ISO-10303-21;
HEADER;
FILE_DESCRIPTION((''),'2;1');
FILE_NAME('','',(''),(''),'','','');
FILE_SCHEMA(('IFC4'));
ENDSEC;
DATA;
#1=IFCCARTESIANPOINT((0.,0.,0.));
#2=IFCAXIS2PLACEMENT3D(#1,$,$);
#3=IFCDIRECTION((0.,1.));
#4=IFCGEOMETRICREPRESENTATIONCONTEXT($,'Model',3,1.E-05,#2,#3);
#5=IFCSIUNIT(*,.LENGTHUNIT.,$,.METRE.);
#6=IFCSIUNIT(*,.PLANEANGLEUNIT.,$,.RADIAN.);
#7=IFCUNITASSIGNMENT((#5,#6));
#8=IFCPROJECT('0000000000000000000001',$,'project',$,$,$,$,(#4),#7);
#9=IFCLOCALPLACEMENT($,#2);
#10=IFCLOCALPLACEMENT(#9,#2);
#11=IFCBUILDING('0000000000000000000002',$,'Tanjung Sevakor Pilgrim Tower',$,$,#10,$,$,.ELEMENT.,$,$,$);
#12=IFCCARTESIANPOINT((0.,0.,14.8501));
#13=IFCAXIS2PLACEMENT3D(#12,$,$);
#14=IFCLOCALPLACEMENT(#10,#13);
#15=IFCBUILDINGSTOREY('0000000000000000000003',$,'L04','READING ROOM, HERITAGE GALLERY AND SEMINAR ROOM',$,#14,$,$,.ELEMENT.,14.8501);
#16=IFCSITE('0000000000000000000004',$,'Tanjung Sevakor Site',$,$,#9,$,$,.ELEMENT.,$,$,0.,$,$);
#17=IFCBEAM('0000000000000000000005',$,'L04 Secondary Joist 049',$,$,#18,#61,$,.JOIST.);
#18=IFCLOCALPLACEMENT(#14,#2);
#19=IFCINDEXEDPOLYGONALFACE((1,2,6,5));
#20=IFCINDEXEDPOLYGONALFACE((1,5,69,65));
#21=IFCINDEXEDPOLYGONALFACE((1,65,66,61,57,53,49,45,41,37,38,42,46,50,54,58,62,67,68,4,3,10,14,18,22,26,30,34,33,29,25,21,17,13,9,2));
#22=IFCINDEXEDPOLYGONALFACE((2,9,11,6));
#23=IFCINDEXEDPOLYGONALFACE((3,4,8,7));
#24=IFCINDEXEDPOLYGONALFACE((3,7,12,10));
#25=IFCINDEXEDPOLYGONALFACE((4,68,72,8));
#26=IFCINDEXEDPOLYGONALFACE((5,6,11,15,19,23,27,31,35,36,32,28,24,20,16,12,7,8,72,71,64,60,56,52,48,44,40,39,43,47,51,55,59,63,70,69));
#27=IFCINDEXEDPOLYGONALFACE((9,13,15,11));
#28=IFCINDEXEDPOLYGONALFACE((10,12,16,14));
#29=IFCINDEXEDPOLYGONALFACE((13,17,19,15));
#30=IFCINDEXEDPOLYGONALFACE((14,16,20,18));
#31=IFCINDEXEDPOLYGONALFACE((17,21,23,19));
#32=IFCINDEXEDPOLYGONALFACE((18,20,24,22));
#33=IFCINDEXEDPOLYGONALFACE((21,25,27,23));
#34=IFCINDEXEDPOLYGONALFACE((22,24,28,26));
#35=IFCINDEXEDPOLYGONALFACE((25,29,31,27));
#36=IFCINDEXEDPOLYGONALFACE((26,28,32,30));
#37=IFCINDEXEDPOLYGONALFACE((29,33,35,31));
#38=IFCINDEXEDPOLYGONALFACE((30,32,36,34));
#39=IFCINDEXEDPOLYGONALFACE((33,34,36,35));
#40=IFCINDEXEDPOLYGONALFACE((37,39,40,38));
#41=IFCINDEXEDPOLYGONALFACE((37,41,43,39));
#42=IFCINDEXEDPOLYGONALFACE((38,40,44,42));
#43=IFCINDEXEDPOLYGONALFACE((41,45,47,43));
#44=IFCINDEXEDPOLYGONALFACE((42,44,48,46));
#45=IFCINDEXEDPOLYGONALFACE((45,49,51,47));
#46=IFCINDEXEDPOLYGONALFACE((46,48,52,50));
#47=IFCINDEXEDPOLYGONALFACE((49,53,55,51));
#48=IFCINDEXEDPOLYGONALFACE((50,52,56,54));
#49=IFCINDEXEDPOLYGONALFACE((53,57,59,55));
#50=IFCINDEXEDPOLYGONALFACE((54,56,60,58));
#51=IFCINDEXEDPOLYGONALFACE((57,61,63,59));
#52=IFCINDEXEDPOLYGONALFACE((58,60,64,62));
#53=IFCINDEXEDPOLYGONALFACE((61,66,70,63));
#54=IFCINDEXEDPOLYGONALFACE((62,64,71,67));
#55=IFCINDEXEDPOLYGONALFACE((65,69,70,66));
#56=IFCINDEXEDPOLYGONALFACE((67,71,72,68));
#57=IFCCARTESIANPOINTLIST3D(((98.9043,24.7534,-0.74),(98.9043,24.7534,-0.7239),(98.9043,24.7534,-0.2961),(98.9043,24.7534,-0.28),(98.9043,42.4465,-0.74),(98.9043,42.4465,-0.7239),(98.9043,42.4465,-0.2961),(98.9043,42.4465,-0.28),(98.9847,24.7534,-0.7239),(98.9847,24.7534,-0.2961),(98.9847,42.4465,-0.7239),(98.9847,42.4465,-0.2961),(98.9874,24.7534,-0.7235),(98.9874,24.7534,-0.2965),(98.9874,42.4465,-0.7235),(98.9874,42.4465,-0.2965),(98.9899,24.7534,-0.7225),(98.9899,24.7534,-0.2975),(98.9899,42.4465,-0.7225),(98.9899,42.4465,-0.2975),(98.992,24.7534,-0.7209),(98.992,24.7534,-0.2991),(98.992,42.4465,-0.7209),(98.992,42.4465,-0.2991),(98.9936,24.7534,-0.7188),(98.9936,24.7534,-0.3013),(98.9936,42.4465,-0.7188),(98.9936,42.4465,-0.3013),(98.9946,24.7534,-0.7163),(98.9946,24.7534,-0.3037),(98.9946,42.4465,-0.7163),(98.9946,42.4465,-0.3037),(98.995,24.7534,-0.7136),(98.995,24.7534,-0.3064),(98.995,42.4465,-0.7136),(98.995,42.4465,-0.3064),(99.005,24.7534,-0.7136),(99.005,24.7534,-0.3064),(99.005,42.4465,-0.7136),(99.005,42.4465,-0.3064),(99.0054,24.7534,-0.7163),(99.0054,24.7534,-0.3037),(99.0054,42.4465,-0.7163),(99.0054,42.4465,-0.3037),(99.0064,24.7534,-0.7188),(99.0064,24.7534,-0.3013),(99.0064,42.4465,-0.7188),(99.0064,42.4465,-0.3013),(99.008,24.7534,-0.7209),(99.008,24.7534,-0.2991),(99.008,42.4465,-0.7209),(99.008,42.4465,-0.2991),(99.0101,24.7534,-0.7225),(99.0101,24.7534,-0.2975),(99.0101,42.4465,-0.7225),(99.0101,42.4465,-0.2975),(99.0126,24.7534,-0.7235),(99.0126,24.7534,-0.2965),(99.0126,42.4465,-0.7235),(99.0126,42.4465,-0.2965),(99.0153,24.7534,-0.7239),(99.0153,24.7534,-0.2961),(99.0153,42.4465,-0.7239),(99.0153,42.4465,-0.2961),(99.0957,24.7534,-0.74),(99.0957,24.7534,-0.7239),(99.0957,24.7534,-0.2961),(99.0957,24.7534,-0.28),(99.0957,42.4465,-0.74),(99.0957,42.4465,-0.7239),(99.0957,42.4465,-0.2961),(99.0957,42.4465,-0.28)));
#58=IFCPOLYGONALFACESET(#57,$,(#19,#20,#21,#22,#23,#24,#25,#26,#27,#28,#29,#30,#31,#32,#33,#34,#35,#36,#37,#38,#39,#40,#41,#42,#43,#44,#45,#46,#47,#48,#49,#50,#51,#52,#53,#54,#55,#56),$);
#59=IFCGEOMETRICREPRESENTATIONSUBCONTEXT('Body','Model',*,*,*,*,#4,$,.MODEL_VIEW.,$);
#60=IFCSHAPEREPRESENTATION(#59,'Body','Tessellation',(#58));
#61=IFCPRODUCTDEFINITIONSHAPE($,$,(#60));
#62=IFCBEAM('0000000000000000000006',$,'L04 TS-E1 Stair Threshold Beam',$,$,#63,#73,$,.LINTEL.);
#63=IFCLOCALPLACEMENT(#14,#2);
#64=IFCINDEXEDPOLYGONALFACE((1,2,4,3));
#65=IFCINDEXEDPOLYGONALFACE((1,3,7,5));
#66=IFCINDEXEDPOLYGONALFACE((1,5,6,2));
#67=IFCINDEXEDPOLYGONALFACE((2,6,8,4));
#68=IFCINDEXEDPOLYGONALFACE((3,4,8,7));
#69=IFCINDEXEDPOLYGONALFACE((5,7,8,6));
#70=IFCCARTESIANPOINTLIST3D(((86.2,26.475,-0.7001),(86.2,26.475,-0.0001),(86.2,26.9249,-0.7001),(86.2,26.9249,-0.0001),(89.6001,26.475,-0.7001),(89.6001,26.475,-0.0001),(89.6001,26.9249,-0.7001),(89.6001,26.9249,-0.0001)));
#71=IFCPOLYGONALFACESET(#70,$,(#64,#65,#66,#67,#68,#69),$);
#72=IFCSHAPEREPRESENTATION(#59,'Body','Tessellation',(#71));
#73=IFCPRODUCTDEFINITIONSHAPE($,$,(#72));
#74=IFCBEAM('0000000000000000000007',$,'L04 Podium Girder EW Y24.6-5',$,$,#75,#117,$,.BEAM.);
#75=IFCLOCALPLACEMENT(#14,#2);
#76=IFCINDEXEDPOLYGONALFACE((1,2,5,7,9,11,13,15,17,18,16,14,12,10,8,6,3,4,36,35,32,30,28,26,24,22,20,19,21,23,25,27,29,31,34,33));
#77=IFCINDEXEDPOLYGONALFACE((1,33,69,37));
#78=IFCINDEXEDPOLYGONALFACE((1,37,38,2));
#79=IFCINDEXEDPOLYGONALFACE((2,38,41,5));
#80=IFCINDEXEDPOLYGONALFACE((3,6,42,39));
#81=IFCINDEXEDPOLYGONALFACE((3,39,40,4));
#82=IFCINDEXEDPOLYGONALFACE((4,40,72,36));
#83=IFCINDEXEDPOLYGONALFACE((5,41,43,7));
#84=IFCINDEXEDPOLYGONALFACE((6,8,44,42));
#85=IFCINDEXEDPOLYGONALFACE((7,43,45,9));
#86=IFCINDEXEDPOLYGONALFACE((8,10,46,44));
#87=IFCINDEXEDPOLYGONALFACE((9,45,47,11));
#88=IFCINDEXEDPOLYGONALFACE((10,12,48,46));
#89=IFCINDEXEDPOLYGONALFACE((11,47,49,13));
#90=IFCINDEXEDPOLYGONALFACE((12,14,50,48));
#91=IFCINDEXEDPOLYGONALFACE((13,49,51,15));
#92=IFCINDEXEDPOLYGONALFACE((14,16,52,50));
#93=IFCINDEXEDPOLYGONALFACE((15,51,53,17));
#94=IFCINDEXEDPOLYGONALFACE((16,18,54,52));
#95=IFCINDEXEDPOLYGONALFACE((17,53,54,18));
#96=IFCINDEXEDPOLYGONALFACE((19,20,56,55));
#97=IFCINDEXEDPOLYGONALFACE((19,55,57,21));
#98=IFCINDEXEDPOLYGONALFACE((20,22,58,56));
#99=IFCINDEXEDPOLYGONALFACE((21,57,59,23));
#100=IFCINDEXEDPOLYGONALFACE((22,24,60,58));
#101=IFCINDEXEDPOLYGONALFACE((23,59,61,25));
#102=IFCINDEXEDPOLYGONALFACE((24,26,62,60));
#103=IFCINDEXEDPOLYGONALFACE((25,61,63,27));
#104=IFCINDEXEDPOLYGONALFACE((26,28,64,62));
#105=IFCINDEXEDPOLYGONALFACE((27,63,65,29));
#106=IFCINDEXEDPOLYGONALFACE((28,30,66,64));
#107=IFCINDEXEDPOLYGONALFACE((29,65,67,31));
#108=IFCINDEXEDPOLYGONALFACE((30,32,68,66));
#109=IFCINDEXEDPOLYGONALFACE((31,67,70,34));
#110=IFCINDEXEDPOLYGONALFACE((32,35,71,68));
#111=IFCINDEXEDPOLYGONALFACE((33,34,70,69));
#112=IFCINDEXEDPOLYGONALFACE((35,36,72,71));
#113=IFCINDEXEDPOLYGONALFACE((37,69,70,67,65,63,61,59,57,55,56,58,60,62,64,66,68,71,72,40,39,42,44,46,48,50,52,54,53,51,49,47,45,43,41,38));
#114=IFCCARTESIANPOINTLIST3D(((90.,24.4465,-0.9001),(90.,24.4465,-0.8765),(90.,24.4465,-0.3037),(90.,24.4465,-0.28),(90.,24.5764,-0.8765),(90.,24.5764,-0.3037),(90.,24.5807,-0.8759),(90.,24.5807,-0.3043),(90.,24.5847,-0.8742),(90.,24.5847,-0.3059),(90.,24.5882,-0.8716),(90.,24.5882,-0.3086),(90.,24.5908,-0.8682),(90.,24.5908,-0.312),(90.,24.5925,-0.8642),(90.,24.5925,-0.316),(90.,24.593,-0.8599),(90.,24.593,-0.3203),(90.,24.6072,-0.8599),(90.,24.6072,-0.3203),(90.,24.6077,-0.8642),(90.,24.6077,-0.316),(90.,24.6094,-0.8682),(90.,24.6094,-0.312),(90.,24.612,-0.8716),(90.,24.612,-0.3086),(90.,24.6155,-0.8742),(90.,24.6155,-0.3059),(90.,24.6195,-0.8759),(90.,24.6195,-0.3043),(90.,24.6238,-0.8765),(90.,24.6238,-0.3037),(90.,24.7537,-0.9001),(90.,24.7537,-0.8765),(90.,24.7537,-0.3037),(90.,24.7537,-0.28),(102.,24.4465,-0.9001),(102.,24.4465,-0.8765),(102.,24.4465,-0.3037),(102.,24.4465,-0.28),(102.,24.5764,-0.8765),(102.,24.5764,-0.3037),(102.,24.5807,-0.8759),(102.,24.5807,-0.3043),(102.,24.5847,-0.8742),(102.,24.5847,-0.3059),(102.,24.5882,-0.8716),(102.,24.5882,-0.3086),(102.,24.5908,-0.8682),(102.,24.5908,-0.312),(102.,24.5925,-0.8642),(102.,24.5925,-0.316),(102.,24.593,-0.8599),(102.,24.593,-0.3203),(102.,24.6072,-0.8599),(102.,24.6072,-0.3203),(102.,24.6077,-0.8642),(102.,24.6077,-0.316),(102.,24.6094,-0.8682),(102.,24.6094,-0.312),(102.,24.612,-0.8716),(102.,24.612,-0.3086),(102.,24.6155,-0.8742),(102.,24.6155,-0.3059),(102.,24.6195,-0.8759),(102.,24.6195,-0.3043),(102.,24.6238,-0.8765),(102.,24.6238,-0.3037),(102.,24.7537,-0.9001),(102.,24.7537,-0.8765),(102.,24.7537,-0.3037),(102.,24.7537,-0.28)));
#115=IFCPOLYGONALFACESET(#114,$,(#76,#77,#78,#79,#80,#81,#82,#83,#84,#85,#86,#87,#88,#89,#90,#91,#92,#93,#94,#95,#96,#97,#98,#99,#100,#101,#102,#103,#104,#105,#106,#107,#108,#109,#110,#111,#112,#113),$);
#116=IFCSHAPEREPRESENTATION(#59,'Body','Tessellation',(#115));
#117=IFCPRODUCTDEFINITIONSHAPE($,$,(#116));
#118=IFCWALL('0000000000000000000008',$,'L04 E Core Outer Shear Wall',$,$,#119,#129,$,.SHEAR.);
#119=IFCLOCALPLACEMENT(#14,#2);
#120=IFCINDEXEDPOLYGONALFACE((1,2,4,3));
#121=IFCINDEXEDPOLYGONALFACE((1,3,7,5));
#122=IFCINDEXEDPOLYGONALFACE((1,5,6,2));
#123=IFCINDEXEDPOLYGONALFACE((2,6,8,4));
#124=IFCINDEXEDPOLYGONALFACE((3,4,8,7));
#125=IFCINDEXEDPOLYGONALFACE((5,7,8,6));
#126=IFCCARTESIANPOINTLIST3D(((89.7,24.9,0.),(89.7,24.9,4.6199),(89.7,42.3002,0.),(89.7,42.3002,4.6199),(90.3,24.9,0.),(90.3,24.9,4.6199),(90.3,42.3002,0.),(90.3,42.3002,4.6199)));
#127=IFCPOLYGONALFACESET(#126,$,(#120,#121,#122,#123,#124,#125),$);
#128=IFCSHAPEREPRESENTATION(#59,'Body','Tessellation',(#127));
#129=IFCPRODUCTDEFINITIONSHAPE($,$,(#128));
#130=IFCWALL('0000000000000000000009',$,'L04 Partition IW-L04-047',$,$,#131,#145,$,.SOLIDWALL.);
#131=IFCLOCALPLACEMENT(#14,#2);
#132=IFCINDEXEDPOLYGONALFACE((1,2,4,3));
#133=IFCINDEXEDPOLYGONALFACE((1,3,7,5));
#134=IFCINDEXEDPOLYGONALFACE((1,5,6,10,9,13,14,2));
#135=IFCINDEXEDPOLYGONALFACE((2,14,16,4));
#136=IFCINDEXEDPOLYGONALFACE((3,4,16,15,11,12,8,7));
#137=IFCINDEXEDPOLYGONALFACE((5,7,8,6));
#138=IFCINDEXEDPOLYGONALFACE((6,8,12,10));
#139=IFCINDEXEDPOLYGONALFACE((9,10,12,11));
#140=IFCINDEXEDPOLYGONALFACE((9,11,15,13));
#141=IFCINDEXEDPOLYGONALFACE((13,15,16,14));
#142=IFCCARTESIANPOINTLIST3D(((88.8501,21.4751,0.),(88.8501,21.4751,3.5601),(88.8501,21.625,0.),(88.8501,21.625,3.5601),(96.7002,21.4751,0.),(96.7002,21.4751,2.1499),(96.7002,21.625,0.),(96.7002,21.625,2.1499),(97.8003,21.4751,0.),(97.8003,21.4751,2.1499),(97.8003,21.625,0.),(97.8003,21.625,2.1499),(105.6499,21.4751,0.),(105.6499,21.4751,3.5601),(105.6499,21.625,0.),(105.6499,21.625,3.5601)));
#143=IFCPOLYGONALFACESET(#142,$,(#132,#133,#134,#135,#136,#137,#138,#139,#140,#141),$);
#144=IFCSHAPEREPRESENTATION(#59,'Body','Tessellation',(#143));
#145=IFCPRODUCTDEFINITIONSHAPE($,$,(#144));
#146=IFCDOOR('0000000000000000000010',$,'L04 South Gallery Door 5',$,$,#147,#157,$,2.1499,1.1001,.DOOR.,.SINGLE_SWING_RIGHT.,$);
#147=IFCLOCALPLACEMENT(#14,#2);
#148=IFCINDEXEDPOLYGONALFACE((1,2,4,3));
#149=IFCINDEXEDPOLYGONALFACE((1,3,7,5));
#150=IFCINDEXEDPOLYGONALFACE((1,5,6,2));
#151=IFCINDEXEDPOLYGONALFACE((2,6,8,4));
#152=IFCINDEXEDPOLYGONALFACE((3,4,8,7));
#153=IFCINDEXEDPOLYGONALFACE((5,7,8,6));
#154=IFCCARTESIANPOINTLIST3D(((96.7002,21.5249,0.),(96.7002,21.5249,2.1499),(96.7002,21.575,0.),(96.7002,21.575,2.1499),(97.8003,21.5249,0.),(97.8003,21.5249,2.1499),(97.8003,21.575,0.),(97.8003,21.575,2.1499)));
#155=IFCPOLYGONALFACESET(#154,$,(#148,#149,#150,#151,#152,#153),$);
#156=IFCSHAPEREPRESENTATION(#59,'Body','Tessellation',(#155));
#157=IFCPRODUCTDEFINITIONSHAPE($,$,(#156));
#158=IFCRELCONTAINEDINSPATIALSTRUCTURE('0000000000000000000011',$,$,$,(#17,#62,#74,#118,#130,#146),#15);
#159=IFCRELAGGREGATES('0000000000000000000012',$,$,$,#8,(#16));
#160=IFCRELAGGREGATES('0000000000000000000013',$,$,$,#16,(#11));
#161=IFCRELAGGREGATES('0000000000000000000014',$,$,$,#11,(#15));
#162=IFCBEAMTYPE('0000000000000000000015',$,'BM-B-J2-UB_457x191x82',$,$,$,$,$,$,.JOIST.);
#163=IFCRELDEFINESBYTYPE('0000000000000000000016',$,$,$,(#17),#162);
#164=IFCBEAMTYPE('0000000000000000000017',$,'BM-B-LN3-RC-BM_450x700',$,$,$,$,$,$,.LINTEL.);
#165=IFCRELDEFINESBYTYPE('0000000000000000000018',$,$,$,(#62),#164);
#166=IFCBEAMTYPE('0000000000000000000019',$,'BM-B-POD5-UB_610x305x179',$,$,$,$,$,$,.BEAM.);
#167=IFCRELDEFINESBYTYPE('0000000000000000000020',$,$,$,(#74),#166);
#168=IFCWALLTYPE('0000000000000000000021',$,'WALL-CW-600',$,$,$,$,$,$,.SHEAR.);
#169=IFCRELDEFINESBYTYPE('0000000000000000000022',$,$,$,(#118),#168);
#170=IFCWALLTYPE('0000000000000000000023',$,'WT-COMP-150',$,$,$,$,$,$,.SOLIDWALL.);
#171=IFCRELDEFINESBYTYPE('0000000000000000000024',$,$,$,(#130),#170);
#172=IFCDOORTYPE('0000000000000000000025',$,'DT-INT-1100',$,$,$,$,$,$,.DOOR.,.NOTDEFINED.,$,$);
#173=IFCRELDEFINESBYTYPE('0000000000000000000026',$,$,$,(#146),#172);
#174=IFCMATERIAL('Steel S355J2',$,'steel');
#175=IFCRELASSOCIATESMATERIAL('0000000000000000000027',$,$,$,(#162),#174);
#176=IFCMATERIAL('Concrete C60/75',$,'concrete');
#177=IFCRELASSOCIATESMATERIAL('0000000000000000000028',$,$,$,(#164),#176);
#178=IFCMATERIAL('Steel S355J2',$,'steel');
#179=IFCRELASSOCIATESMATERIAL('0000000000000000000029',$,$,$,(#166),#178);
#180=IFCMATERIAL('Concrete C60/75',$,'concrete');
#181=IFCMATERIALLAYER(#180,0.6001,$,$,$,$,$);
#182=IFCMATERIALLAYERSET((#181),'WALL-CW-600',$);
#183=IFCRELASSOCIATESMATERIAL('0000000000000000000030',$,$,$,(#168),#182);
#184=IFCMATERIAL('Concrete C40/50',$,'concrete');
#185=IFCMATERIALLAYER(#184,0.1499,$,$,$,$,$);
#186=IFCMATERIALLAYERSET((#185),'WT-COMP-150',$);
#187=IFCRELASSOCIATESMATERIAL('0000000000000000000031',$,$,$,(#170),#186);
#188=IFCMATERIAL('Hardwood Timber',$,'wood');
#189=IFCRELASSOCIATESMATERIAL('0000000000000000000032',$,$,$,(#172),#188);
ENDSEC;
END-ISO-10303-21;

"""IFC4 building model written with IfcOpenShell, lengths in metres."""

from ifc_helpers import new_model, si_unit, direction, frame, frame_2d, origin, origin_2d, place, context, subcontext, project, spatial, rectangle, i_section, extrude, material, layer, layer_set, material_profile, profile_set, type_object, element, fill, save


model = new_model("IFC4")

# Units and contexts
model_context = context("Model", 3, precision=1e-05, world=origin(), true_north=direction((0.0, 1.0)))
body_context = subcontext(model_context, "Body", "Model", "MODEL_VIEW")
ifc_project = project(units=[si_unit("LENGTHUNIT", "METRE"), si_unit("PLANEANGLEUNIT", "RADIAN")], contexts=[model_context])

# Site, building, storey
site_placement = place(None, origin())
site = spatial("IfcSite", under=ifc_project, at=site_placement, Name="Tanjung Sevakor Site", CompositionType="ELEMENT", RefElevation=0.0)
building_placement = place(site_placement, origin())
building = spatial("IfcBuilding", under=site, at=building_placement, Name="Tanjung Sevakor Pilgrim Tower", CompositionType="ELEMENT")
storey_placement = place(building_placement, frame((0.0, 0.0, 14.8501)))
storey = spatial("IfcBuildingStorey", under=building, at=storey_placement, Name="L04", Description="READING ROOM, HERITAGE GALLERY AND SEMINAR ROOM", CompositionType="ELEMENT", Elevation=14.8501)

# Beams
ifc_material_1 = material(Name="Steel S355J2", Category="steel")
ifc_material_profile_1 = material_profile(ifc_material_1, i_section(OverallWidth=0.1914, OverallDepth=0.46, WebThickness=0.01, FlangeThickness=0.0161, FilletRadius=0.0103, at=origin_2d()))
ifc_profile_set_1 = profile_set([ifc_material_profile_1], Name="Steel S355J2")
beam_type_1 = type_object("IfcBeamType", Name="BM-B-J2-UB_457x191x82", PredefinedType="JOIST", material=ifc_profile_set_1)
for number, where, z_axis, x_axis, name in (
    (1, (99.0, 24.7534, -0.51), (0.0, 1.0, 0.0), (-1.0, 0.0, 0.0), "L04 Secondary Joist 049"),
):
    element("IfcBeam", number, at=place(storey_placement, frame(where, z_axis=z_axis, x_axis=x_axis)), inside=storey, type_object=beam_type_1, Name=name, PredefinedType="JOIST", context=body_context, shape_type="SweptSolid", body=[
        extrude(i_section(OverallWidth=0.1914, OverallDepth=0.46, WebThickness=0.01, FlangeThickness=0.0161, FilletRadius=0.0103, at=origin_2d()), origin(), (0.0, 0.0, 1.0), 17.6931),
    ])
ifc_material_2 = material(Name="Concrete C60/75", Category="concrete")
ifc_material_profile_2 = material_profile(ifc_material_2, rectangle(XDim=0.45, YDim=0.7, at=origin_2d()))
ifc_profile_set_2 = profile_set([ifc_material_profile_2], Name="Concrete C60/75")
beam_type_2 = type_object("IfcBeamType", Name="BM-B-LN3-RC-BM_450x700", PredefinedType="LINTEL", material=ifc_profile_set_2)
beam_1_placement = place(storey_placement, frame((86.2, 26.7, -0.3501), z_axis=(1.0, 0.0, 0.0), x_axis=(0.0, 1.0, 0.0)))
element("IfcBeam", 2, at=beam_1_placement, inside=storey, type_object=beam_type_2, Name="L04 TS-E1 Stair Threshold Beam", PredefinedType="LINTEL", context=body_context, shape_type="SweptSolid", body=[
    extrude(rectangle(XDim=0.45, YDim=0.7, at=origin_2d()), origin(), (0.0, 0.0, 1.0), 3.4001),
])
ifc_material_3 = material(Name="Steel S355J2", Category="steel")
ifc_material_profile_3 = material_profile(ifc_material_3, i_section(OverallWidth=0.3071, OverallDepth=0.6201, WebThickness=0.0142, FlangeThickness=0.0237, FilletRadius=0.0166, at=origin_2d()))
ifc_profile_set_3 = profile_set([ifc_material_profile_3], Name="Steel S355J2")
beam_type_3 = type_object("IfcBeamType", Name="BM-B-POD5-UB_610x305x179", PredefinedType="BEAM", material=ifc_profile_set_3)
beam_2_placement = place(storey_placement, frame((90.0, 24.6001, -0.5901), z_axis=(1.0, 0.0, 0.0), x_axis=(0.0, 1.0, 0.0)))
element("IfcBeam", 3, at=beam_2_placement, inside=storey, type_object=beam_type_3, Name="L04 Podium Girder EW Y24.6-5", PredefinedType="BEAM", context=body_context, shape_type="SweptSolid", body=[
    extrude(i_section(OverallWidth=0.3071, OverallDepth=0.6201, WebThickness=0.0142, FlangeThickness=0.0237, FilletRadius=0.0166, at=origin_2d()), origin(), (0.0, 0.0, 1.0), 12.0),
])

# Wall
ifc_material_4 = material(Name="Concrete C60/75", Category="concrete")
ifc_layer_1 = layer(ifc_material_4, 0.6001)
ifc_layer_set_1 = layer_set([ifc_layer_1], Name="WALL-CW-600")
wall_type_1 = type_object("IfcWallType", Name="WALL-CW-600", PredefinedType="SHEAR", material=ifc_layer_set_1)
wall_1_placement = place(storey_placement, frame((90.0, 24.8999, 0.0), z_axis=(0.0, 0.0, 1.0), x_axis=(0.0, 1.0, 0.0)))
element("IfcWall", 4, at=wall_1_placement, inside=storey, type_object=wall_type_1, Name="L04 E Core Outer Shear Wall", PredefinedType="SHEAR", context=body_context, shape_type="SweptSolid", body=[
    extrude(rectangle(XDim=17.4001, YDim=0.6001, at=frame_2d((8.7002, 0.0))), origin(), (0.0, 0.0, 1.0), 4.6199),
])

# Wall, opening, door
ifc_material_5 = material(Name="Concrete C40/50", Category="concrete")
ifc_layer_2 = layer(ifc_material_5, 0.1499)
ifc_layer_set_2 = layer_set([ifc_layer_2], Name="WT-COMP-150")
wall_type_2 = type_object("IfcWallType", Name="WT-COMP-150", PredefinedType="SOLIDWALL", material=ifc_layer_set_2)
wall_2_placement = place(storey_placement, frame((88.8501, 21.55, 0.0), z_axis=(0.0, 0.0, 1.0), x_axis=(1.0, 0.0, 0.0)))
wall_2 = element("IfcWall", 5, at=wall_2_placement, inside=storey, type_object=wall_type_2, Name="L04 Partition IW-L04-047", PredefinedType="SOLIDWALL", context=body_context, shape_type="SweptSolid", body=[
    extrude(rectangle(XDim=16.7998, YDim=0.1499, at=frame_2d((8.3999, 0.0))), origin(), (0.0, 0.0, 1.0), 3.5601),
])
opening_1_placement = place(wall_2_placement, frame((7.8501, 0.0, 0.0)))
opening_1 = element("IfcOpeningElement", 6, at=opening_1_placement, cuts=wall_2, PredefinedType="OPENING", context=body_context, shape_type="SweptSolid", body=[
    extrude(rectangle(XDim=1.1001, YDim=2.1499, at=frame_2d((0.55, 1.075))), frame((0.0, 0.085, 0.0), z_axis=(0.0, -1.0, 0.0), x_axis=(1.0, 0.0, 0.0)), (0.0, 0.0, 1.0), 0.1699),
])
ifc_material_6 = material(Name="Hardwood Timber", Category="wood")
door_type_1 = type_object("IfcDoorType", Name="DT-INT-1100", OperationType="NOTDEFINED", PredefinedType="DOOR", material=ifc_material_6)
door_1_placement = place(opening_1_placement, origin())
door_1 = element("IfcDoor", 7, at=door_1_placement, inside=storey, type_object=door_type_1, Name="L04 South Gallery Door 5", OperationType="SINGLE_SWING_RIGHT", OverallHeight=2.1499, OverallWidth=1.1001, PredefinedType="DOOR", context=body_context, shape_type="SweptSolid", body=[
    extrude(rectangle(XDim=1.1001, YDim=2.1499, at=frame_2d((0.55, 1.075))), frame((0.0, 0.0249, 0.0), z_axis=(0.0, -1.0, 0.0), x_axis=(1.0, 0.0, 0.0)), (0.0, 0.0, 1.0), 0.05),
])
fill(opening_1, door_1)

save(model, "model.ifc")
